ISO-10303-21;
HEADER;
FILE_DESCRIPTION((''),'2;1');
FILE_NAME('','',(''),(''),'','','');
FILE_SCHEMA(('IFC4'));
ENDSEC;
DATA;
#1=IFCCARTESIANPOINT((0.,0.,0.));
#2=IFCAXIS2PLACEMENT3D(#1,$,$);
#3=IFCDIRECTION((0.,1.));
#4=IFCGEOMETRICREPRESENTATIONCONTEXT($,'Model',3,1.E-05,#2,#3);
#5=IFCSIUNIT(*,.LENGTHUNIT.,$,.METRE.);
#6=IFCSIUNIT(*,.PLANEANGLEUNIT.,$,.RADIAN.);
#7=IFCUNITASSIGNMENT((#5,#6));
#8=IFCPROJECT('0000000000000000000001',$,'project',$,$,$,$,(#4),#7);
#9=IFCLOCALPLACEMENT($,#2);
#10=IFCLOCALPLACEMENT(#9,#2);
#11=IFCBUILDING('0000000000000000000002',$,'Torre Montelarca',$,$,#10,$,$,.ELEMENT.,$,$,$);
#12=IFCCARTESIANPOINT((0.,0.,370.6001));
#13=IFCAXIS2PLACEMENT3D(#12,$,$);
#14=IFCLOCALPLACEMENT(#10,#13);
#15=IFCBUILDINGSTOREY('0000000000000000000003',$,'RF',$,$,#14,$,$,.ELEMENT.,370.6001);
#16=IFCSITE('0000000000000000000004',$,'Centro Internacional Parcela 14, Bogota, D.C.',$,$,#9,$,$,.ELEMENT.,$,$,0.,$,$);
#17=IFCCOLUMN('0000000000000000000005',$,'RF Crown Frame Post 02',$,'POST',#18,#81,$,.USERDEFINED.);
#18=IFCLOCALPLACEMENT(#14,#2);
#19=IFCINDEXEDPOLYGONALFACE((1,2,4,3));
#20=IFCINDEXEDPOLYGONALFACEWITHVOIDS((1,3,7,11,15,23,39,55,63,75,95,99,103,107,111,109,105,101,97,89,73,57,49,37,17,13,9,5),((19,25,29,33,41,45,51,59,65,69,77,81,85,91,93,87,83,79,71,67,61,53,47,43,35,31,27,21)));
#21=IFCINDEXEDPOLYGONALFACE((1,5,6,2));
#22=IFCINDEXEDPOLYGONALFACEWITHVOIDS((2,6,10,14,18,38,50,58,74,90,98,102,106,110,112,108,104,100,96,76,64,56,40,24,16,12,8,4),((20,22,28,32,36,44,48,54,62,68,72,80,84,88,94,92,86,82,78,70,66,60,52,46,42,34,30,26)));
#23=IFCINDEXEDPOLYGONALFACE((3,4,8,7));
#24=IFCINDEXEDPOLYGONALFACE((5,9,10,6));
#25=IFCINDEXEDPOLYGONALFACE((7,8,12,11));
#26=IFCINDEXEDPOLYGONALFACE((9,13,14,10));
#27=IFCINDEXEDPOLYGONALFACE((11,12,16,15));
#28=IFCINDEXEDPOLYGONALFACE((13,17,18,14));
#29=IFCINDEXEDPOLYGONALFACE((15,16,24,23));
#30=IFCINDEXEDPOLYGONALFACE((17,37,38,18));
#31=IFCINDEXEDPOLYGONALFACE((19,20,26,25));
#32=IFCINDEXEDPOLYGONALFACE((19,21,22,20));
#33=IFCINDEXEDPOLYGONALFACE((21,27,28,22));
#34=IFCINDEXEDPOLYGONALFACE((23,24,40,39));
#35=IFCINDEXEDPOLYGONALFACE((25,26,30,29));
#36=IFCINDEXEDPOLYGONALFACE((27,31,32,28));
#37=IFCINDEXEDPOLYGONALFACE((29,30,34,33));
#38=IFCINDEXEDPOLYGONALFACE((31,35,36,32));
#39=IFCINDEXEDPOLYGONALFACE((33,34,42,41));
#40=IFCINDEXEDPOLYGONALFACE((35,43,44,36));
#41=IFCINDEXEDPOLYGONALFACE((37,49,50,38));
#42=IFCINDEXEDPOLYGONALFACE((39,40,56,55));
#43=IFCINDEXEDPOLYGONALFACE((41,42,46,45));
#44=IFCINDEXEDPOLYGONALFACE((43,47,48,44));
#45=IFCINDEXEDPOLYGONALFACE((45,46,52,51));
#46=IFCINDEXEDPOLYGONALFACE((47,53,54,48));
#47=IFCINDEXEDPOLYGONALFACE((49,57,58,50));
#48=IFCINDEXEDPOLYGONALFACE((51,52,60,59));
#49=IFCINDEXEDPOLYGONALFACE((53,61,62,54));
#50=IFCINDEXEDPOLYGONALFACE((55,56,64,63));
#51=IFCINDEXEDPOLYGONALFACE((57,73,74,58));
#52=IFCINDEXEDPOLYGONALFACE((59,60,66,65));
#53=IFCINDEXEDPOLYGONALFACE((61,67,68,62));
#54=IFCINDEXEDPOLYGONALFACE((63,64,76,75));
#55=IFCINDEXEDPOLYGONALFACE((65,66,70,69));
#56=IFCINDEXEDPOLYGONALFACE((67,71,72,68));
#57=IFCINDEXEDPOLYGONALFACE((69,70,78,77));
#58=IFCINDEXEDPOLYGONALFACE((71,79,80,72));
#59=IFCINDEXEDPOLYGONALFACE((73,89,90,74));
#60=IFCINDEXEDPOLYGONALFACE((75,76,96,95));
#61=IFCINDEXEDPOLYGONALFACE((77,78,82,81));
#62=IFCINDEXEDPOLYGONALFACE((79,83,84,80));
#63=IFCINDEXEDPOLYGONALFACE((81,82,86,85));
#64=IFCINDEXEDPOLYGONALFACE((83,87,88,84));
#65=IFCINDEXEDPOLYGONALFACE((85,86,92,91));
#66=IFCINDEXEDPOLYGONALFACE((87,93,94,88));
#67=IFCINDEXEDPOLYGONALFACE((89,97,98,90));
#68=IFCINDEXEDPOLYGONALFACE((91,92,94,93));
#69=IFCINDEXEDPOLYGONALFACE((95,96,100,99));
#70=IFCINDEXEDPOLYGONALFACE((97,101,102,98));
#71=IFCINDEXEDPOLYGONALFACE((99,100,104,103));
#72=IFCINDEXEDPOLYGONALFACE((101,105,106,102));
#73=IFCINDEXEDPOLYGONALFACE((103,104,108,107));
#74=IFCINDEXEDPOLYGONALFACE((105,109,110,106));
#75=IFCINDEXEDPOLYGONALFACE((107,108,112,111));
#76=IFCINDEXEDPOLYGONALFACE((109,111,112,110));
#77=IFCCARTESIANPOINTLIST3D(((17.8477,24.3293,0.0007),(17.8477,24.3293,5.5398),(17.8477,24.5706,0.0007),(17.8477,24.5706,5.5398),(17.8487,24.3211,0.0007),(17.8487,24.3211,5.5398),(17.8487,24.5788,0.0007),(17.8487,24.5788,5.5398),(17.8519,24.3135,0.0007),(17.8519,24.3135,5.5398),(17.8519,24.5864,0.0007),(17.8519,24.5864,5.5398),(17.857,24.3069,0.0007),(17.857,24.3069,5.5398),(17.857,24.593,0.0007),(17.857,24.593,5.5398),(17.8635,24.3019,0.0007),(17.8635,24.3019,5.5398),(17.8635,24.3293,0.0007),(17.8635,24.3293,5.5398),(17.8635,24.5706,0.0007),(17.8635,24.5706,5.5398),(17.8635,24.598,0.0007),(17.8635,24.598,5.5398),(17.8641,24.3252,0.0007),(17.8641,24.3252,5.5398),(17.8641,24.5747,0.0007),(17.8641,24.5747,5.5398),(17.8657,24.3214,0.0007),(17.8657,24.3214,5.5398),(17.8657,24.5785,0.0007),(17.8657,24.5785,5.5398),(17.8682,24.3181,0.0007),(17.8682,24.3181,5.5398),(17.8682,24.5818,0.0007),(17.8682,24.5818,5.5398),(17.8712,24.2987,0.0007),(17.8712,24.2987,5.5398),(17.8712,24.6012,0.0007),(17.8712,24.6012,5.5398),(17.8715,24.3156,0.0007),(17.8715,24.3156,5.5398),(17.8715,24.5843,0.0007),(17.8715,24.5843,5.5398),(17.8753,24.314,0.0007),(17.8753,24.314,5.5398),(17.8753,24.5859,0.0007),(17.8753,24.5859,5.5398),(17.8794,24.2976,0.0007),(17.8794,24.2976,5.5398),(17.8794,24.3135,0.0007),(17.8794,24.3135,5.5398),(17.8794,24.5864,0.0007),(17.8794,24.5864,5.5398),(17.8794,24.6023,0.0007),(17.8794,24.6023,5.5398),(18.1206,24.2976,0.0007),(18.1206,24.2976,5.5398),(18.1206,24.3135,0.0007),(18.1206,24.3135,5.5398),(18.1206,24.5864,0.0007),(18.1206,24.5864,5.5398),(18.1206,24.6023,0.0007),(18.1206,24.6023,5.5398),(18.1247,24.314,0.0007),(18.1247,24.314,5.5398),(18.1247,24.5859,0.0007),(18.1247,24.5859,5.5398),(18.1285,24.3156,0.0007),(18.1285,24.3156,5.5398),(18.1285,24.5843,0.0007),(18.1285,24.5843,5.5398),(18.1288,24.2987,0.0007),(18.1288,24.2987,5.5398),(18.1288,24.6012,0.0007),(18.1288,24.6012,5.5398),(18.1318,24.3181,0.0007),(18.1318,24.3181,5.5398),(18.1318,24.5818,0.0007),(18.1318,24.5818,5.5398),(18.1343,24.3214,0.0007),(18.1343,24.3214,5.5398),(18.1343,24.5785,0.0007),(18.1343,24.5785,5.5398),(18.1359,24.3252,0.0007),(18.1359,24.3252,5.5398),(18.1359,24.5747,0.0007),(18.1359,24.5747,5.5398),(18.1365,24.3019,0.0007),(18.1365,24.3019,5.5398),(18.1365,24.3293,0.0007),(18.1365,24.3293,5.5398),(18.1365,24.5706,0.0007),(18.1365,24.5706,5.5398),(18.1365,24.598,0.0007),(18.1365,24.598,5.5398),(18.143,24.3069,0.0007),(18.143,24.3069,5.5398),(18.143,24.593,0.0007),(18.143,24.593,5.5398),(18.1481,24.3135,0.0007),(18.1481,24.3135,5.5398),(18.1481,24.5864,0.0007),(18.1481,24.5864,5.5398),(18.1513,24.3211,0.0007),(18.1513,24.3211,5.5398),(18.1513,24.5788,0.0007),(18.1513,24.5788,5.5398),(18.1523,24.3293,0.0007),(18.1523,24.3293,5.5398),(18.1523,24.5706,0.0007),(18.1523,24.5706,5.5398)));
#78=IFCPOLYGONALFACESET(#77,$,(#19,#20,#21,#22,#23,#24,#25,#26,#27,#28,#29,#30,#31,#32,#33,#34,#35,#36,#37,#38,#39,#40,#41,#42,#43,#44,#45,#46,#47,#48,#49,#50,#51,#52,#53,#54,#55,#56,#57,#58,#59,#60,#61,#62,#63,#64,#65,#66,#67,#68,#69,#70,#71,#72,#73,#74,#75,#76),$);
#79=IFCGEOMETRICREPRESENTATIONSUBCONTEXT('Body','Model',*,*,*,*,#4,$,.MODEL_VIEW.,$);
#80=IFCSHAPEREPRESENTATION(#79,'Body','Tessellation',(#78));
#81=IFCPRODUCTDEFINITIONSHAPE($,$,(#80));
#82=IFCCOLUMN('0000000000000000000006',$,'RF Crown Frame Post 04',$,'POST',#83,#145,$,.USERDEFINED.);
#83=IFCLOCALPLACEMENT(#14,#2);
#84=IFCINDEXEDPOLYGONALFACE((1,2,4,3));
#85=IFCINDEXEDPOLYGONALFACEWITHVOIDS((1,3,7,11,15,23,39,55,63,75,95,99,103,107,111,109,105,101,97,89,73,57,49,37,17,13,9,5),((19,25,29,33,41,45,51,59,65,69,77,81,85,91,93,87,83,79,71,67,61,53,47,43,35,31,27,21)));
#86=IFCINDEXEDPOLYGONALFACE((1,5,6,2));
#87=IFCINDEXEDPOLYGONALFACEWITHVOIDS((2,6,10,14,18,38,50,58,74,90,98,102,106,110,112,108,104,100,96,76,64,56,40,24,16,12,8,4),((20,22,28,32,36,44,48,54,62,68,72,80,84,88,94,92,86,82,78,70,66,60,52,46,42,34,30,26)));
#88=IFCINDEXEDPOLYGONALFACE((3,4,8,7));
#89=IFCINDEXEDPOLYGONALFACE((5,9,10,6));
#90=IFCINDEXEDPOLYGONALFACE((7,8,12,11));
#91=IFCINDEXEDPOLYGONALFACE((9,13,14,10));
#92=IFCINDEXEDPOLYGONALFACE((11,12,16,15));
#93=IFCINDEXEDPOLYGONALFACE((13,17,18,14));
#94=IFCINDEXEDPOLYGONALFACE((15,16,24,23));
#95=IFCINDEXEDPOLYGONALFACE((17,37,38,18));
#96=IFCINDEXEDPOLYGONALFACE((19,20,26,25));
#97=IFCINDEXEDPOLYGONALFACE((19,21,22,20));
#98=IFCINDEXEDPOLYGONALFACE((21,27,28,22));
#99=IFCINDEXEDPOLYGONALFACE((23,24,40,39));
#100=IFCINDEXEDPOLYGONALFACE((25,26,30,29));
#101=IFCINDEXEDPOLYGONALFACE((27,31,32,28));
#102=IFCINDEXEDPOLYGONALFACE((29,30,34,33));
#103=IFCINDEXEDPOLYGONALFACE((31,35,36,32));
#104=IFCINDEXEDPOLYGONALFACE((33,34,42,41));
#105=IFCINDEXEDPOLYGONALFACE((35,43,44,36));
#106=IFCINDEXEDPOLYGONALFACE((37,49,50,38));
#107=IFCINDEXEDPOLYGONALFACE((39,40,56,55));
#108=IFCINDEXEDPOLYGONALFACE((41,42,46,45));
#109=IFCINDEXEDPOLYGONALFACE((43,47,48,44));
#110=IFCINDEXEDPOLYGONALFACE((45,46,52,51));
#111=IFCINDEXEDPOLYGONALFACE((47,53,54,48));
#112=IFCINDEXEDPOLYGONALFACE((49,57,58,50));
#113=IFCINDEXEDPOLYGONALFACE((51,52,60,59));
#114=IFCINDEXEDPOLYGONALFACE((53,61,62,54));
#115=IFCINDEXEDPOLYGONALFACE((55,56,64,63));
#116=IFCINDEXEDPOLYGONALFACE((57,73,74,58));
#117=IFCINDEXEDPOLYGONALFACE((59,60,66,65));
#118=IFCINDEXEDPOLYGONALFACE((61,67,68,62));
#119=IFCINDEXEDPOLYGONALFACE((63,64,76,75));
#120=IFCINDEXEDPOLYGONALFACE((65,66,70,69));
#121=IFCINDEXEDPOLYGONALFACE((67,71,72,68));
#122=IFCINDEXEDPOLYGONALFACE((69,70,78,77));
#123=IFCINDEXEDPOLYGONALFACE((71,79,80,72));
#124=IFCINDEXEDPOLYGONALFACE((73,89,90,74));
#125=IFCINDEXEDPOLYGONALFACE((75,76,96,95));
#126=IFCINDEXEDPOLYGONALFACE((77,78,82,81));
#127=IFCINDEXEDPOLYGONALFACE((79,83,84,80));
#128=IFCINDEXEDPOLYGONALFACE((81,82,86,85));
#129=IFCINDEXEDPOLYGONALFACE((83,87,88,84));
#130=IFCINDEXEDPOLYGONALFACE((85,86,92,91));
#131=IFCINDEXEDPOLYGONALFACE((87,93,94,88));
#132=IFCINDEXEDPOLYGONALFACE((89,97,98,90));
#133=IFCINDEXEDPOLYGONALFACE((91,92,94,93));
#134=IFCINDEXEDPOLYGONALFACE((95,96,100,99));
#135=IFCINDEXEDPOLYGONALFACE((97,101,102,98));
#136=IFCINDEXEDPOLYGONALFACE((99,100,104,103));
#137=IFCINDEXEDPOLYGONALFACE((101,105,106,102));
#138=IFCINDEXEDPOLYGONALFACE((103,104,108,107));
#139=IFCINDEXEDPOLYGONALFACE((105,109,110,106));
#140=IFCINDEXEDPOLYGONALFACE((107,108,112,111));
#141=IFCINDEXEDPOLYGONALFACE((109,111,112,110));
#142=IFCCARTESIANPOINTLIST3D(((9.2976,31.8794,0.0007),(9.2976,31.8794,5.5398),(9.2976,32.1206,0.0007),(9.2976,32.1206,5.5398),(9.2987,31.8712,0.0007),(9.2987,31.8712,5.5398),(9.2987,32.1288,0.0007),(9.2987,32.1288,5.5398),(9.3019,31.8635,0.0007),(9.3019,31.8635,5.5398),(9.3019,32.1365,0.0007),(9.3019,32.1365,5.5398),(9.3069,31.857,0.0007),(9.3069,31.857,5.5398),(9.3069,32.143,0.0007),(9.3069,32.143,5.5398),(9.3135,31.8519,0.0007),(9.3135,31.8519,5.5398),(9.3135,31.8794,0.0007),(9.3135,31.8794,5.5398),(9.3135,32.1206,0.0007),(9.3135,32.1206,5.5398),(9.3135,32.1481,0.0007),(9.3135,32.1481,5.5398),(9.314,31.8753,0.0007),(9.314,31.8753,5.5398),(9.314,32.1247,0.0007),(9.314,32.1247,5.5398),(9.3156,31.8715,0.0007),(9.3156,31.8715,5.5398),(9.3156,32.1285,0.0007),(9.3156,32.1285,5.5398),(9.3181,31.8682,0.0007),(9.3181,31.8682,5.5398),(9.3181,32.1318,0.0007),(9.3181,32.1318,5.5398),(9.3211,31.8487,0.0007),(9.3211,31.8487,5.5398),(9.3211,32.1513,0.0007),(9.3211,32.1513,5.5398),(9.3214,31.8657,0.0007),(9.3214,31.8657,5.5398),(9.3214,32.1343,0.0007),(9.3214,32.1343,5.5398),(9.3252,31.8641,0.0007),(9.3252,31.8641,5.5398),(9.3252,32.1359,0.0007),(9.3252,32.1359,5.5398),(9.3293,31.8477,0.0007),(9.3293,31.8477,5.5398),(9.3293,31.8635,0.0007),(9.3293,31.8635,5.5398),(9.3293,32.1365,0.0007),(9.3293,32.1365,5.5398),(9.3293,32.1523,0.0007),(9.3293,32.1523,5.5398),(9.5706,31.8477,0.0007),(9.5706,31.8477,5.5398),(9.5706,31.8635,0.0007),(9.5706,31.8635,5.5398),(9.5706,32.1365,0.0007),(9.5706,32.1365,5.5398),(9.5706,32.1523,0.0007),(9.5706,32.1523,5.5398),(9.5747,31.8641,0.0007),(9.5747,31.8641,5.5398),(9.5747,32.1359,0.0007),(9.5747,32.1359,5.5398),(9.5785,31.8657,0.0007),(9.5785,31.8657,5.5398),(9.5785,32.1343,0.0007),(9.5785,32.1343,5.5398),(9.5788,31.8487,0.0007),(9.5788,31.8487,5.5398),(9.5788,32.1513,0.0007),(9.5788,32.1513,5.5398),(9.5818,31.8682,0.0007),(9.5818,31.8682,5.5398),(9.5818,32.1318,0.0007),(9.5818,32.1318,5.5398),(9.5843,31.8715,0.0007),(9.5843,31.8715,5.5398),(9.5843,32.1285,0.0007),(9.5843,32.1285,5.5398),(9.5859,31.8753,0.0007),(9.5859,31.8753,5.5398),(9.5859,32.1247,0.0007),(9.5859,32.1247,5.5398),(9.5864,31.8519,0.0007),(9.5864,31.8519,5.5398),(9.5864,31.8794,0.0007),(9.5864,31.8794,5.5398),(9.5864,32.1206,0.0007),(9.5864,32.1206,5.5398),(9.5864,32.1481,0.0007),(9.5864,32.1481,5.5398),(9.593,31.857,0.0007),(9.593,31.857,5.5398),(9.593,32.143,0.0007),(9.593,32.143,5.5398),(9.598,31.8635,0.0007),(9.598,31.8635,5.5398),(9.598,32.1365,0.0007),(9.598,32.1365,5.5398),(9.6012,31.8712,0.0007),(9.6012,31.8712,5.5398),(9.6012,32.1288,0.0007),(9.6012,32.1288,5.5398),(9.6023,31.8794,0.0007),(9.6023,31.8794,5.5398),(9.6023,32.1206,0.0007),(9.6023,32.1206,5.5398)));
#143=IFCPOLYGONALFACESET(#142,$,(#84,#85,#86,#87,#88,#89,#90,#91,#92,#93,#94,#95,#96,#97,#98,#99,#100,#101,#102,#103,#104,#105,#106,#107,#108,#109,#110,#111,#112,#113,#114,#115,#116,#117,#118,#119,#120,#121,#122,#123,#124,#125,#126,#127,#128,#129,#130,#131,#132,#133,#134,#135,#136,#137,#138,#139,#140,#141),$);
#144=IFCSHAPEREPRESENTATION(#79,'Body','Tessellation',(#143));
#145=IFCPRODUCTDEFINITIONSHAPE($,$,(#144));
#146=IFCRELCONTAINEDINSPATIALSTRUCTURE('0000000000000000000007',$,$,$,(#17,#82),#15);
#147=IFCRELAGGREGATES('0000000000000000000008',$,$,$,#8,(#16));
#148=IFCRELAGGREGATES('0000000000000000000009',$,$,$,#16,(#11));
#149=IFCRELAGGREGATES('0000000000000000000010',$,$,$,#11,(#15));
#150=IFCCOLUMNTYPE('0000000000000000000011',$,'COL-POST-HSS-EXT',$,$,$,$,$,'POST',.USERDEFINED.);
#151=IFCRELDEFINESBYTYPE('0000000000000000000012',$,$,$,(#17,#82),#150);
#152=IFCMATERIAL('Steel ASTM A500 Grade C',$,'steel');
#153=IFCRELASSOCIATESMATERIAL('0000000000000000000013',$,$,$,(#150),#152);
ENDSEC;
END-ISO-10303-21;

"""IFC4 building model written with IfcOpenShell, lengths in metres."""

from ifc_helpers import new_model, si_unit, direction, frame, origin, origin_2d, place, context, subcontext, project, spatial, hollow_rectangle, extrude, source, transform, mapped, material, material_profile, profile_set, type_object, element, save


model = new_model("IFC4")

# Units and contexts
model_context = context("Model", 3, precision=1e-05, world=origin(), true_north=direction((0.0, 1.0)))
body_context = subcontext(model_context, "Body", "Model", "MODEL_VIEW")
ifc_project = project(units=[si_unit("LENGTHUNIT", "METRE"), si_unit("PLANEANGLEUNIT", "RADIAN")], contexts=[model_context])

# Site, building, storey
site_placement = place(None, origin())
site = spatial("IfcSite", under=ifc_project, at=site_placement, Name="Centro Internacional Parcela 14, Bogota, D.C.", CompositionType="ELEMENT", RefElevation=0.0)
building_placement = place(site_placement, origin())
building = spatial("IfcBuilding", under=site, at=building_placement, Name="Torre Montelarca", CompositionType="ELEMENT")
storey_placement = place(building_placement, frame((0.0, 0.0, 370.6001)))
storey = spatial("IfcBuildingStorey", under=building, at=storey_placement, Name="RF", CompositionType="ELEMENT", Elevation=370.6001)

# Columns
ifc_material_1 = material(Name="Steel ASTM A500 Grade C", Category="steel")
ifc_material_profile_1 = material_profile(ifc_material_1, hollow_rectangle(XDim=0.3047, YDim=0.3047, WallThickness=0.0159, InnerFilletRadius=0.0159, OuterFilletRadius=0.0317, at=origin_2d()), Name="HSS305X305X15.9", Category="steel")
ifc_profile_set_1 = profile_set([ifc_material_profile_1], Name="Steel ASTM A500 Grade C")
column_type = type_object("IfcColumnType", Name="COL-POST-HSS-EXT", ElementType="POST", PredefinedType="USERDEFINED", material=ifc_profile_set_1)
shared_shape_1 = source(origin(), body_context, "Body", "SweptSolid", [
    extrude(hollow_rectangle(XDim=0.3047, YDim=0.3047, WallThickness=0.0159, InnerFilletRadius=0.0159, OuterFilletRadius=0.0317, at=origin_2d()), origin(), (0.0, 0.0, 1.0), 5.5391),
])
for number, where, z_axis, x_axis, name in (
    (1, (18.0, 24.45, 0.0007), (0.0, 0.0, 1.0), (1.0, 0.0, 0.0), "RF Crown Frame Post 02"),
    (2, (9.45, 32.0, 0.0007), (0.0, 0.0, 1.0), (1.0, 0.0, 0.0), "RF Crown Frame Post 04"),
):
    element("IfcColumn", number, at=place(storey_placement, frame(where, z_axis=z_axis, x_axis=x_axis)), inside=storey, type_object=column_type, Name=name, ObjectType="POST", PredefinedType="USERDEFINED", context=body_context, shape_type="MappedRepresentation", body=[
        mapped(shared_shape_1, transform((0.0, 0.0, 0.0), scale=1.0)),
    ])

save(model, "model.ifc")
